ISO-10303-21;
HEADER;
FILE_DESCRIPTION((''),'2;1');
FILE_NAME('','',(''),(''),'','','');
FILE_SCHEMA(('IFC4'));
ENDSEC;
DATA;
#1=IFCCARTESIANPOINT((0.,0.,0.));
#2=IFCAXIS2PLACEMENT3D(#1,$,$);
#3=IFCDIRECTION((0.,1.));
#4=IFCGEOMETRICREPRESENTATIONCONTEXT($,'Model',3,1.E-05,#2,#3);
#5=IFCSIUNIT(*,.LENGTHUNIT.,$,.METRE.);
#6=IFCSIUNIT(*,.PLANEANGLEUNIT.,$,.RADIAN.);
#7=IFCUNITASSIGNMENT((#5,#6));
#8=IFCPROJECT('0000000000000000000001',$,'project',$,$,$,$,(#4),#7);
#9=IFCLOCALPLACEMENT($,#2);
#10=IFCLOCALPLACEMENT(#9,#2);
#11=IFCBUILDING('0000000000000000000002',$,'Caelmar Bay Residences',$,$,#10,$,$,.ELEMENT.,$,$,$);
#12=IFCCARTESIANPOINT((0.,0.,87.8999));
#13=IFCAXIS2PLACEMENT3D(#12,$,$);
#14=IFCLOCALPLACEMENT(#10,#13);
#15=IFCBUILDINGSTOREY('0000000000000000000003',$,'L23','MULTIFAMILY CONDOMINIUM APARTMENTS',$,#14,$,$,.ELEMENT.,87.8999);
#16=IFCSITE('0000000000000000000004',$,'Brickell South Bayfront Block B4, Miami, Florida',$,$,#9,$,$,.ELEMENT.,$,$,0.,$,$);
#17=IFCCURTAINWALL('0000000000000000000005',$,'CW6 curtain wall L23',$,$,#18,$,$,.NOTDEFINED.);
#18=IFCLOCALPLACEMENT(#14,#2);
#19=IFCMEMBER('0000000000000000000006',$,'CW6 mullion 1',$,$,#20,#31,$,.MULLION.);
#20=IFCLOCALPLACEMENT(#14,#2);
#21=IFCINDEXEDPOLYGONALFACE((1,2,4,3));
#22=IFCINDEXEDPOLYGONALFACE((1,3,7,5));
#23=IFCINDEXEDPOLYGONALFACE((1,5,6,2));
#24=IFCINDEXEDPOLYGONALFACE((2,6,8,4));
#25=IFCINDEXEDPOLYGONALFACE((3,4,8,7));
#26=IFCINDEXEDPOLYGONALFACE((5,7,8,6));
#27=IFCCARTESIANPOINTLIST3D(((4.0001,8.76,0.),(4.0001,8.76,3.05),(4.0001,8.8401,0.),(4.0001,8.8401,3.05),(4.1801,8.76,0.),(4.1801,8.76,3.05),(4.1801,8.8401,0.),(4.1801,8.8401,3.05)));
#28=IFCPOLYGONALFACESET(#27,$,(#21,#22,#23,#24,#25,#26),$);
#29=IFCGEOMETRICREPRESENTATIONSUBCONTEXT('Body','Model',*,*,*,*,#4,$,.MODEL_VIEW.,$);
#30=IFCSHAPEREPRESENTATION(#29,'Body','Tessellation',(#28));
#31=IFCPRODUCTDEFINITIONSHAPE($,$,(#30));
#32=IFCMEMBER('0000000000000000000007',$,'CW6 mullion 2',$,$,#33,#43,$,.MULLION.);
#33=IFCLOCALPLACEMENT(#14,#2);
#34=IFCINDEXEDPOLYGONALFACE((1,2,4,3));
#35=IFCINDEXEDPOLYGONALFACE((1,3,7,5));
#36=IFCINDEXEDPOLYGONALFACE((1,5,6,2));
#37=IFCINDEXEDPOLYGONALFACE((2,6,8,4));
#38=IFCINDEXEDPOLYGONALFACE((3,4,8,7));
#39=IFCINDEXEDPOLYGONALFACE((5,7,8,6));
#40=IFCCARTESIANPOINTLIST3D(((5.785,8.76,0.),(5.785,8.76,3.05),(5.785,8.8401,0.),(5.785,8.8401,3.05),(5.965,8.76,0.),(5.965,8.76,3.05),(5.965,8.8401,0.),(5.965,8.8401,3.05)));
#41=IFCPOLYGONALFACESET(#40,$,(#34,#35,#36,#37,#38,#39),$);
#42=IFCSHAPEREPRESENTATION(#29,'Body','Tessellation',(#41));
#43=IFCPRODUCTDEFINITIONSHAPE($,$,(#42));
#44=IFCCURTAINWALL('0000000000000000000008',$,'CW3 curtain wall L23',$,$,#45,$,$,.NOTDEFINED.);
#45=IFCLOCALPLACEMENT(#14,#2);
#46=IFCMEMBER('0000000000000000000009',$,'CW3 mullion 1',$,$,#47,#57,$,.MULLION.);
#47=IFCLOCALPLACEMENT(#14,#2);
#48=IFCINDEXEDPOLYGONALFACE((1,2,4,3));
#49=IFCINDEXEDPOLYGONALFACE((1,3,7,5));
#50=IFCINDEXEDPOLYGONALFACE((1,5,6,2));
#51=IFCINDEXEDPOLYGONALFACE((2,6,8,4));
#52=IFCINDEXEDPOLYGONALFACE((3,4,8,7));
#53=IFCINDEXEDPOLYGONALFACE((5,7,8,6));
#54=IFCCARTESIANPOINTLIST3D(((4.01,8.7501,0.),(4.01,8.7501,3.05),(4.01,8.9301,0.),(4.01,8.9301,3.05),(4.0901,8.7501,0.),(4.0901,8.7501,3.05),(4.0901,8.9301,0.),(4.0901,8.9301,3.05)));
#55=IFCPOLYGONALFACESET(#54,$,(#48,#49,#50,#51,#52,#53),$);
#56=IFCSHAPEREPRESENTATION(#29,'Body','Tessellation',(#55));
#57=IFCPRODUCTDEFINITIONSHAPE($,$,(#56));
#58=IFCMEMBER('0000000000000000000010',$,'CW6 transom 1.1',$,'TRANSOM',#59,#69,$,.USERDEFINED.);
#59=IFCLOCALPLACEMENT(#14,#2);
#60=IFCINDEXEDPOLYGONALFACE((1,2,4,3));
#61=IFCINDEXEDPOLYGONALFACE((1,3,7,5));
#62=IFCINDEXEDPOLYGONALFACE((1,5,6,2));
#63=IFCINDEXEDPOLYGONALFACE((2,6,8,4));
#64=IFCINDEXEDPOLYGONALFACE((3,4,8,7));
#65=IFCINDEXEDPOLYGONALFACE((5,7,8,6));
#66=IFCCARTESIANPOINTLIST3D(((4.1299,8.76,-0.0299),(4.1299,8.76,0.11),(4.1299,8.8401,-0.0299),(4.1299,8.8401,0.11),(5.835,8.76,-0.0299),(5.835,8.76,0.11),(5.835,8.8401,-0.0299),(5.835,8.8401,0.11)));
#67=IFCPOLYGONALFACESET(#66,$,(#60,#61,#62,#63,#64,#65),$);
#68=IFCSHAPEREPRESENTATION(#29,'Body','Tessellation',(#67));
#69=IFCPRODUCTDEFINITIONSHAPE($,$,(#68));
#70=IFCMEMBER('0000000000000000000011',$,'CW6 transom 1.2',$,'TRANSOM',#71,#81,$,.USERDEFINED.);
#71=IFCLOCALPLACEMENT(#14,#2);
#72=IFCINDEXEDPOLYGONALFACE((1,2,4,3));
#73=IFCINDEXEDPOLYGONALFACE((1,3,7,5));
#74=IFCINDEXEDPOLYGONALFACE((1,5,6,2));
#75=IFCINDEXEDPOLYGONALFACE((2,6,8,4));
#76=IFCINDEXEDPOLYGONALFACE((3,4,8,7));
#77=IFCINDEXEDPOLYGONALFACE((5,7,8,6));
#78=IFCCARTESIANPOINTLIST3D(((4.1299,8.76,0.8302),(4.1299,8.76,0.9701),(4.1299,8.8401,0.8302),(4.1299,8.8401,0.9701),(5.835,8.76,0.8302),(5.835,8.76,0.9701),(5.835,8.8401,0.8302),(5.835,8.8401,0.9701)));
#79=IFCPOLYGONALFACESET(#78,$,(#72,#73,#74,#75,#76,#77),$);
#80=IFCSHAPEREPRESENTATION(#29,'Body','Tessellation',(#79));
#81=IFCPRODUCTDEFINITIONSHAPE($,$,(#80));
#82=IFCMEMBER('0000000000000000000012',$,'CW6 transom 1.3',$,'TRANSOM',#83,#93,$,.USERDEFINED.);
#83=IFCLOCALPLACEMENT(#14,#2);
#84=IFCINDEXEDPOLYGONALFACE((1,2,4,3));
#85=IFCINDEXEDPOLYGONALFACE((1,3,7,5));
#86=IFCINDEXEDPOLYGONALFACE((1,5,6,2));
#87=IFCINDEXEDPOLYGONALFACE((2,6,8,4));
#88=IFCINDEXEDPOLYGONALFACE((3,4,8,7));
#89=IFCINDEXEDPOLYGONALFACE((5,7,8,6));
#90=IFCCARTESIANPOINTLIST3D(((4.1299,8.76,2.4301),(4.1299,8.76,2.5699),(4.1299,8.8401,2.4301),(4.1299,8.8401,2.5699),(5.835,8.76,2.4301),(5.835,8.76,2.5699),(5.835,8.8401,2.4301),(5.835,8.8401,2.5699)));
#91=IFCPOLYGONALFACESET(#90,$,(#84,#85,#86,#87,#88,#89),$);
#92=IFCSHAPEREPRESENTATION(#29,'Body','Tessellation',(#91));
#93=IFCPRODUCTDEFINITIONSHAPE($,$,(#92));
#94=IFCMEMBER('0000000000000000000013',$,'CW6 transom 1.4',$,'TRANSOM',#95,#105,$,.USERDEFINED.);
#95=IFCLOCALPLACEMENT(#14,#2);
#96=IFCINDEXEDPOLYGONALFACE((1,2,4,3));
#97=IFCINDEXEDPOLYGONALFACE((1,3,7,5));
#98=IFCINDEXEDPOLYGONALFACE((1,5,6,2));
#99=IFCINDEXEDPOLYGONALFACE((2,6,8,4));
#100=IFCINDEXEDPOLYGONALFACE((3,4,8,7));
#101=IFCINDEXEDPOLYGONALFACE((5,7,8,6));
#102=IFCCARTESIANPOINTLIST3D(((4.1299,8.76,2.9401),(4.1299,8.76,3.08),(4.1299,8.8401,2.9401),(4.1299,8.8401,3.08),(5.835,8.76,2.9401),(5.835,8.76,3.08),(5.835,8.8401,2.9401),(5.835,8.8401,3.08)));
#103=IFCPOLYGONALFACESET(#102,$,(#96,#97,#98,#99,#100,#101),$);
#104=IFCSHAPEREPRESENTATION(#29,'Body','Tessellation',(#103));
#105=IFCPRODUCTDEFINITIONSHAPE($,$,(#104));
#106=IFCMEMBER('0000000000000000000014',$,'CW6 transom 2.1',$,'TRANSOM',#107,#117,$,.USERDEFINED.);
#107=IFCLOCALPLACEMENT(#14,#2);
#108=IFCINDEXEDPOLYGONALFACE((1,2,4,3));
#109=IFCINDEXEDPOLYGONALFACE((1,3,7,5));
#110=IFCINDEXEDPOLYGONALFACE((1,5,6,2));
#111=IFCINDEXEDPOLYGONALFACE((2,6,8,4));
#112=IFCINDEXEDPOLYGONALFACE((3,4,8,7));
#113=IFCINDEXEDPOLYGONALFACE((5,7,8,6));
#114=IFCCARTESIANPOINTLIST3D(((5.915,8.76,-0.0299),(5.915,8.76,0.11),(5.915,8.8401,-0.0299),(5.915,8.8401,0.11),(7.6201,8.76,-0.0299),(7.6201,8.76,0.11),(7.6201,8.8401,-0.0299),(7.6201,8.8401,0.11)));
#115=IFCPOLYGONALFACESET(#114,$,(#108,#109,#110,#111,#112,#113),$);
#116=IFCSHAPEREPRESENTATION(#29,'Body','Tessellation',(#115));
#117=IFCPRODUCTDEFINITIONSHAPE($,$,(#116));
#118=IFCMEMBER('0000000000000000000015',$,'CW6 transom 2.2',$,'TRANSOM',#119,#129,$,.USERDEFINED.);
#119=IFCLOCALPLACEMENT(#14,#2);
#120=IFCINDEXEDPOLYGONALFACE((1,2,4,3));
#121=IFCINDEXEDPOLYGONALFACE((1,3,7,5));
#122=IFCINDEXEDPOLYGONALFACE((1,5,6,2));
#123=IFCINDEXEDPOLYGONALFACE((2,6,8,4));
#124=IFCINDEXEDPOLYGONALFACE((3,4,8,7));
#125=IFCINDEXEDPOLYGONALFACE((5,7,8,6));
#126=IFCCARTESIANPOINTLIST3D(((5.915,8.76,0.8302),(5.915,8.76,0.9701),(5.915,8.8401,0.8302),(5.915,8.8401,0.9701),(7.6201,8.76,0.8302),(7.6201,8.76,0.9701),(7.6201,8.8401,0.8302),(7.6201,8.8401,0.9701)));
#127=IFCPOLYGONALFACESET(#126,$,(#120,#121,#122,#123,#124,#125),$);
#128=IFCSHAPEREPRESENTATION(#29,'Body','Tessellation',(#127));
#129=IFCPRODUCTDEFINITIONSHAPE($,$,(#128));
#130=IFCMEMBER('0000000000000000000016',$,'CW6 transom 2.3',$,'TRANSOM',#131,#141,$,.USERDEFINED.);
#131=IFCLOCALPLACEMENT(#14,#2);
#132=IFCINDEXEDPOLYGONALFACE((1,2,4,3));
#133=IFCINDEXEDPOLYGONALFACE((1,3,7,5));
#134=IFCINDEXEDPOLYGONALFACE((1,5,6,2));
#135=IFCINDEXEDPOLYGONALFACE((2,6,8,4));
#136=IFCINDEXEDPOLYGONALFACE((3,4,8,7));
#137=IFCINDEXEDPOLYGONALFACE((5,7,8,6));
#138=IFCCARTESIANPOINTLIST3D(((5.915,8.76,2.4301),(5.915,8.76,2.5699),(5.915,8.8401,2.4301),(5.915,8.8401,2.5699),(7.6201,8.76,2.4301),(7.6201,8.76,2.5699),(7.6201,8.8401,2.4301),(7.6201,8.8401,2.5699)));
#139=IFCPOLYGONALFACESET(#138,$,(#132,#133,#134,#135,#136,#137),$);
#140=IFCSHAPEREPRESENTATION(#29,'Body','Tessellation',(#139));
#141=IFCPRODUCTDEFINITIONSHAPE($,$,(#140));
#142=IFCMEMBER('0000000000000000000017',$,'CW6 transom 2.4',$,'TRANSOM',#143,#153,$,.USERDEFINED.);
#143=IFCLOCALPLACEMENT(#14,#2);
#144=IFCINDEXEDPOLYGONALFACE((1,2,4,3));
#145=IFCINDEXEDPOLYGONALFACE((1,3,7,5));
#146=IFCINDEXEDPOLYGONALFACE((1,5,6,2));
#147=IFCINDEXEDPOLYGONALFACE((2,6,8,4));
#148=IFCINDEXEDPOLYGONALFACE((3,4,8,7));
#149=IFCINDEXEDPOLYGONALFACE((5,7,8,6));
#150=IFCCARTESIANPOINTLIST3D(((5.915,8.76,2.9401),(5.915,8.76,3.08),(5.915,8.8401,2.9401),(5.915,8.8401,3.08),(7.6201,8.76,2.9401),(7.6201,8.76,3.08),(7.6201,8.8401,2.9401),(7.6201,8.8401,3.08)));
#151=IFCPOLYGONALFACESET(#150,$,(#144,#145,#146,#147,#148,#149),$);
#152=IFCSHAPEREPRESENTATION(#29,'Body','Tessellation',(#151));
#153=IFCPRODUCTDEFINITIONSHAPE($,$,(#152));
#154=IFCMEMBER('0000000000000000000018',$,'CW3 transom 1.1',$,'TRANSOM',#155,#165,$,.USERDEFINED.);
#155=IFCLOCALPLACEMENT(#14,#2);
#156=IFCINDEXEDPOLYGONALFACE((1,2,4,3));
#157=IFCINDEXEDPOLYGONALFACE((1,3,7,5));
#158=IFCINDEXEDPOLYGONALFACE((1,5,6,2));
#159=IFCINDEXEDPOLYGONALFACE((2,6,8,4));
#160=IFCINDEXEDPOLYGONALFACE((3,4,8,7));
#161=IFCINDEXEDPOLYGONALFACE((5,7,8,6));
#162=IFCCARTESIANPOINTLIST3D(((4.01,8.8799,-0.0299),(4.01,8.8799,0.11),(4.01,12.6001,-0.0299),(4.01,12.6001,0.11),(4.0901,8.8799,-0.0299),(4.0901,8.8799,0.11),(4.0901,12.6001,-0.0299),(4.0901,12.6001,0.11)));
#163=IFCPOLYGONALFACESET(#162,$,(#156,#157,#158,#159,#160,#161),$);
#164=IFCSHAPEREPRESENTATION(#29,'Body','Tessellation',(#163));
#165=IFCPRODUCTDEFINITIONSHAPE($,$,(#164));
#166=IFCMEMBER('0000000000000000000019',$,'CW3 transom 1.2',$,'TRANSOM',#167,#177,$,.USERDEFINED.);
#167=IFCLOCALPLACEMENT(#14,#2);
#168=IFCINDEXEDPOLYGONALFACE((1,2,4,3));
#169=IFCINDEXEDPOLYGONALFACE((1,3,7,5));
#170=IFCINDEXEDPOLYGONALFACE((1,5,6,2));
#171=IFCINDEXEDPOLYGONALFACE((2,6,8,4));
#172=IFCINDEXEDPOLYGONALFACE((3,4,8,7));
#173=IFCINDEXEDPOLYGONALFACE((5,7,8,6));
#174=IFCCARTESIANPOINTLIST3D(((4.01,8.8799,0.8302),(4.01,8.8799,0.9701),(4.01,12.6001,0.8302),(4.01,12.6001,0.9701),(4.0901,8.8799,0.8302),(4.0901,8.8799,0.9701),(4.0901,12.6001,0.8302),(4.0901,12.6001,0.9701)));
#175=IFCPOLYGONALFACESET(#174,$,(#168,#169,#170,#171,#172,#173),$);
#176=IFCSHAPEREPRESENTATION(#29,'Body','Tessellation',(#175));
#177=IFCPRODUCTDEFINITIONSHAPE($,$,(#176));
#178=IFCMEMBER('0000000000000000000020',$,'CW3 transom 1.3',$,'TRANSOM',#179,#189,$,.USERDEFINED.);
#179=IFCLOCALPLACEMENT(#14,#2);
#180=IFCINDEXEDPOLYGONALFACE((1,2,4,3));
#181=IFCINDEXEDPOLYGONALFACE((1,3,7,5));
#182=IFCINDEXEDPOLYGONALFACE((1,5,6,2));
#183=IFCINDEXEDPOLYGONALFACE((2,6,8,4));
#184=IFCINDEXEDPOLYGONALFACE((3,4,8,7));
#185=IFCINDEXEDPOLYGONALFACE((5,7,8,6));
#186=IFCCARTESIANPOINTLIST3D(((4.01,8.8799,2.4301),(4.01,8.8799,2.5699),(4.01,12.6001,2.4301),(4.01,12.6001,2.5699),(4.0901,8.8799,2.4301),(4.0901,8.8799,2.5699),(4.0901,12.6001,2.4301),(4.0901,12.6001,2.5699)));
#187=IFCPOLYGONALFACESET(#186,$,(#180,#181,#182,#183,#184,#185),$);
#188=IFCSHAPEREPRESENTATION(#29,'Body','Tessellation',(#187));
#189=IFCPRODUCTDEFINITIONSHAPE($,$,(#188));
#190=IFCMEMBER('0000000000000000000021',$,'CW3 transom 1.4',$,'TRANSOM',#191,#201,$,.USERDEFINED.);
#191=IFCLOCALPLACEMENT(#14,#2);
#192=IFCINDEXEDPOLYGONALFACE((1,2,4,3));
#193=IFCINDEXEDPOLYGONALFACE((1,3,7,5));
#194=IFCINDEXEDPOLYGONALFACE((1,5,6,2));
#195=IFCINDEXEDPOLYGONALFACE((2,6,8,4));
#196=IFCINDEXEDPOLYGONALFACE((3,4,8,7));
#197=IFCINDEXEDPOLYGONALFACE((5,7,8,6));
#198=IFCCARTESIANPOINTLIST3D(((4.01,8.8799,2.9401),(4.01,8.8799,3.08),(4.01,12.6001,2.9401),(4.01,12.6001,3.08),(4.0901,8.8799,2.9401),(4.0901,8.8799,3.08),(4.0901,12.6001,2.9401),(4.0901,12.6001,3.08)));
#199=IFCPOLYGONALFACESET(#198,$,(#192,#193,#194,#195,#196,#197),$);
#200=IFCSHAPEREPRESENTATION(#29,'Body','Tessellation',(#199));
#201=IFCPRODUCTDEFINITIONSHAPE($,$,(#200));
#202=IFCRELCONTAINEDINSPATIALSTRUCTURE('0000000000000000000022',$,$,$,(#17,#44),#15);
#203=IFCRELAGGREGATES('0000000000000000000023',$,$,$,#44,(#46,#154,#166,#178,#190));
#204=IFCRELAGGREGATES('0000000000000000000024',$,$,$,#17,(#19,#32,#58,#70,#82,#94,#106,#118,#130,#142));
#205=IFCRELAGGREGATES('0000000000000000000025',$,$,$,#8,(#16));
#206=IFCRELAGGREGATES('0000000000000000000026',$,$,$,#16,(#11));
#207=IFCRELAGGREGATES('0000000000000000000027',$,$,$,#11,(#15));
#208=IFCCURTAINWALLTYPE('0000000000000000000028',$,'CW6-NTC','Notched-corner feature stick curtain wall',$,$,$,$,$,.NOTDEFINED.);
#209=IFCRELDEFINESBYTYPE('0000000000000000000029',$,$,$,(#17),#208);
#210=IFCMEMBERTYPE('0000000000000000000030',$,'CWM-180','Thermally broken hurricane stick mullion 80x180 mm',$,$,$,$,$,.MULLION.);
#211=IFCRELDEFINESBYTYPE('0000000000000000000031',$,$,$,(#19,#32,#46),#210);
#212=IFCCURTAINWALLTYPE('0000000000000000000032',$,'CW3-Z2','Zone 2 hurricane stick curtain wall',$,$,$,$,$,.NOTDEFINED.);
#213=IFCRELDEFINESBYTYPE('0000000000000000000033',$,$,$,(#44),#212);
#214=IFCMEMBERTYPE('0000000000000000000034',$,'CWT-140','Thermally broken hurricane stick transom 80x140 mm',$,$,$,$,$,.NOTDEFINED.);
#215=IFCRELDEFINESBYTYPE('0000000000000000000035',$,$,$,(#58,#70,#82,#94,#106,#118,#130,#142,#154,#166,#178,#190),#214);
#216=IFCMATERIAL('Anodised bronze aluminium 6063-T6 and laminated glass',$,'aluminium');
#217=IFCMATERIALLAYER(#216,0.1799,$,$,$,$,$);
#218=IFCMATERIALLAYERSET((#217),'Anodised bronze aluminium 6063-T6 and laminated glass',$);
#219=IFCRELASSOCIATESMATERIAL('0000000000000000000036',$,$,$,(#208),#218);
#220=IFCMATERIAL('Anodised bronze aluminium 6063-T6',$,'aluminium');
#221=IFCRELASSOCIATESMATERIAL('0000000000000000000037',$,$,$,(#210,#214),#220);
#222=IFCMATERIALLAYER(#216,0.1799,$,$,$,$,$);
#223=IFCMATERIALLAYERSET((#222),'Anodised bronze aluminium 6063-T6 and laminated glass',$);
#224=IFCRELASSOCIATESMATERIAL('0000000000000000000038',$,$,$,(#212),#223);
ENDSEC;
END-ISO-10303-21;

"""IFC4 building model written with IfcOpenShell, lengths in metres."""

from ifc_helpers import new_model, si_unit, direction, frame, origin, origin_2d, place, context, subcontext, project, spatial, rectangle, extrude, material, layer, layer_set, material_profile, profile_set, type_object, element, aggregate, save


model = new_model("IFC4")

# Units and contexts
model_context = context("Model", 3, precision=1e-05, world=origin(), true_north=direction((0.0, 1.0)))
body_context = subcontext(model_context, "Body", "Model", "MODEL_VIEW")
ifc_project = project(units=[si_unit("LENGTHUNIT", "METRE"), si_unit("PLANEANGLEUNIT", "RADIAN")], contexts=[model_context])

# Site, building, storey
site_placement = place(None, origin())
site = spatial("IfcSite", under=ifc_project, at=site_placement, Name="Brickell South Bayfront Block B4, Miami, Florida", CompositionType="ELEMENT", RefElevation=0.0)
building_placement = place(site_placement, origin())
building = spatial("IfcBuilding", under=site, at=building_placement, Name="Caelmar Bay Residences", CompositionType="ELEMENT")
storey_placement = place(building_placement, frame((0.0, 0.0, 87.8999)))
storey = spatial("IfcBuildingStorey", under=building, at=storey_placement, Name="L23", Description="MULTIFAMILY CONDOMINIUM APARTMENTS", CompositionType="ELEMENT", Elevation=87.8999)

# Curtain wall, members
ifc_material_1 = material(Name="Anodised bronze aluminium 6063-T6 and laminated glass", Category="aluminium")
ifc_layer_1 = layer(ifc_material_1, 0.1799)
ifc_layer_set_1 = layer_set([ifc_layer_1], Name="Anodised bronze aluminium 6063-T6 and laminated glass")
curtain_wall_type_1 = type_object("IfcCurtainWallType", Name="CW6-NTC", Description="Notched-corner feature stick curtain wall", PredefinedType="NOTDEFINED", material=ifc_layer_set_1)
curtain_wall_1_placement = place(storey_placement, origin())
curtain_wall_1 = element("IfcCurtainWall", 1, at=curtain_wall_1_placement, inside=storey, type_object=curtain_wall_type_1, Name="CW6 curtain wall L23", PredefinedType="NOTDEFINED")
ifc_material_2 = material(Name="Anodised bronze aluminium 6063-T6", Category="aluminium")
ifc_material_profile_1 = material_profile(ifc_material_2, rectangle(XDim=0.0801, YDim=0.1799, at=origin_2d()), Name="CWM-80X180")
ifc_profile_set_1 = profile_set([ifc_material_profile_1], Name="Anodised bronze aluminium 6063-T6")
member_type_1 = type_object("IfcMemberType", Name="CWM-180", Description="Thermally broken hurricane stick mullion 80x180 mm", PredefinedType="MULLION", material=ifc_profile_set_1)
member_1_placement = place(storey_placement, frame((4.0901, 8.8, 0.0), z_axis=(0.0, 0.0, 1.0), x_axis=(0.0, 1.0, 0.0)))
member_1 = element("IfcMember", 2, at=member_1_placement, type_object=member_type_1, Name="CW6 mullion 1", PredefinedType="MULLION", context=body_context, shape_type="SweptSolid", body=[
    extrude(rectangle(XDim=0.0801, YDim=0.1799, at=origin_2d()), origin(), (0.0, 0.0, 1.0), 3.05),
])
member_2_placement = place(storey_placement, frame((5.875, 8.8, 0.0), z_axis=(0.0, 0.0, 1.0), x_axis=(0.0, 1.0, 0.0)))
member_2 = element("IfcMember", 3, at=member_2_placement, type_object=member_type_1, Name="CW6 mullion 2", PredefinedType="MULLION", context=body_context, shape_type="SweptSolid", body=[
    extrude(rectangle(XDim=0.0801, YDim=0.1799, at=origin_2d()), origin(), (0.0, 0.0, 1.0), 3.05),
])

# Curtain wall, member
ifc_layer_2 = layer(ifc_material_1, 0.1799)
ifc_layer_set_2 = layer_set([ifc_layer_2], Name="Anodised bronze aluminium 6063-T6 and laminated glass")
curtain_wall_type_2 = type_object("IfcCurtainWallType", Name="CW3-Z2", Description="Zone 2 hurricane stick curtain wall", PredefinedType="NOTDEFINED", material=ifc_layer_set_2)
curtain_wall_2_placement = place(storey_placement, origin())
curtain_wall_2 = element("IfcCurtainWall", 4, at=curtain_wall_2_placement, inside=storey, type_object=curtain_wall_type_2, Name="CW3 curtain wall L23", PredefinedType="NOTDEFINED")
member_3_placement = place(storey_placement, frame((4.05, 8.8401, 0.0), z_axis=(0.0, 0.0, 1.0), x_axis=(-1.0, 0.0, 0.0)))
member_3 = element("IfcMember", 5, at=member_3_placement, type_object=member_type_1, Name="CW3 mullion 1", PredefinedType="MULLION", context=body_context, shape_type="SweptSolid", body=[
    extrude(rectangle(XDim=0.0801, YDim=0.1799, at=origin_2d()), origin(), (0.0, 0.0, 1.0), 3.05),
])

# Members
ifc_material_profile_2 = material_profile(ifc_material_2, rectangle(XDim=0.0801, YDim=0.1399, at=origin_2d()), Name="CWT-80X140")
ifc_profile_set_2 = profile_set([ifc_material_profile_2], Name="Anodised bronze aluminium 6063-T6")
member_type_2 = type_object("IfcMemberType", Name="CWT-140", Description="Thermally broken hurricane stick transom 80x140 mm", PredefinedType="NOTDEFINED", material=ifc_profile_set_2)
member_4_placement = place(storey_placement, frame((4.1299, 8.8, 0.04), z_axis=(1.0, 0.0, 0.0), x_axis=(0.0, 1.0, 0.0)))
member_4 = element("IfcMember", 6, at=member_4_placement, type_object=member_type_2, Name="CW6 transom 1.1", ObjectType="TRANSOM", PredefinedType="USERDEFINED", context=body_context, shape_type="SweptSolid", body=[
    extrude(rectangle(XDim=0.0801, YDim=0.1399, at=origin_2d()), origin(), (0.0, 0.0, 1.0), 1.7051),
])
member_5_placement = place(storey_placement, frame((4.1299, 8.8, 0.9001), z_axis=(1.0, 0.0, 0.0), x_axis=(0.0, 1.0, 0.0)))
member_5 = element("IfcMember", 7, at=member_5_placement, type_object=member_type_2, Name="CW6 transom 1.2", ObjectType="TRANSOM", PredefinedType="USERDEFINED", context=body_context, shape_type="SweptSolid", body=[
    extrude(rectangle(XDim=0.0801, YDim=0.1399, at=origin_2d()), origin(), (0.0, 0.0, 1.0), 1.7051),
])
member_6_placement = place(storey_placement, frame((4.1299, 8.8, 2.5), z_axis=(1.0, 0.0, 0.0), x_axis=(0.0, 1.0, 0.0)))
member_6 = element("IfcMember", 8, at=member_6_placement, type_object=member_type_2, Name="CW6 transom 1.3", ObjectType="TRANSOM", PredefinedType="USERDEFINED", context=body_context, shape_type="SweptSolid", body=[
    extrude(rectangle(XDim=0.0801, YDim=0.1399, at=origin_2d()), origin(), (0.0, 0.0, 1.0), 1.7051),
])
member_7_placement = place(storey_placement, frame((4.1299, 8.8, 3.01), z_axis=(1.0, 0.0, 0.0), x_axis=(0.0, 1.0, 0.0)))
member_7 = element("IfcMember", 9, at=member_7_placement, type_object=member_type_2, Name="CW6 transom 1.4", ObjectType="TRANSOM", PredefinedType="USERDEFINED", context=body_context, shape_type="SweptSolid", body=[
    extrude(rectangle(XDim=0.0801, YDim=0.1399, at=origin_2d()), origin(), (0.0, 0.0, 1.0), 1.7051),
])
member_8_placement = place(storey_placement, frame((5.915, 8.8, 0.04), z_axis=(1.0, 0.0, 0.0), x_axis=(0.0, 1.0, 0.0)))
member_8 = element("IfcMember", 10, at=member_8_placement, type_object=member_type_2, Name="CW6 transom 2.1", ObjectType="TRANSOM", PredefinedType="USERDEFINED", context=body_context, shape_type="SweptSolid", body=[
    extrude(rectangle(XDim=0.0801, YDim=0.1399, at=origin_2d()), origin(), (0.0, 0.0, 1.0), 1.7051),
])
member_9_placement = place(storey_placement, frame((5.915, 8.8, 0.9001), z_axis=(1.0, 0.0, 0.0), x_axis=(0.0, 1.0, 0.0)))
member_9 = element("IfcMember", 11, at=member_9_placement, type_object=member_type_2, Name="CW6 transom 2.2", ObjectType="TRANSOM", PredefinedType="USERDEFINED", context=body_context, shape_type="SweptSolid", body=[
    extrude(rectangle(XDim=0.0801, YDim=0.1399, at=origin_2d()), origin(), (0.0, 0.0, 1.0), 1.7051),
])
member_10_placement = place(storey_placement, frame((5.915, 8.8, 2.5), z_axis=(1.0, 0.0, 0.0), x_axis=(0.0, 1.0, 0.0)))
member_10 = element("IfcMember", 12, at=member_10_placement, type_object=member_type_2, Name="CW6 transom 2.3", ObjectType="TRANSOM", PredefinedType="USERDEFINED", context=body_context, shape_type="SweptSolid", body=[
    extrude(rectangle(XDim=0.0801, YDim=0.1399, at=origin_2d()), origin(), (0.0, 0.0, 1.0), 1.7051),
])
member_11_placement = place(storey_placement, frame((5.915, 8.8, 3.01), z_axis=(1.0, 0.0, 0.0), x_axis=(0.0, 1.0, 0.0)))
member_11 = element("IfcMember", 13, at=member_11_placement, type_object=member_type_2, Name="CW6 transom 2.4", ObjectType="TRANSOM", PredefinedType="USERDEFINED", context=body_context, shape_type="SweptSolid", body=[
    extrude(rectangle(XDim=0.0801, YDim=0.1399, at=origin_2d()), origin(), (0.0, 0.0, 1.0), 1.7051),
])
member_12_placement = place(storey_placement, frame((4.05, 8.8799, 0.04), z_axis=(0.0, 1.0, 0.0), x_axis=(-1.0, 0.0, 0.0)))
member_12 = element("IfcMember", 14, at=member_12_placement, type_object=member_type_2, Name="CW3 transom 1.1", ObjectType="TRANSOM", PredefinedType="USERDEFINED", context=body_context, shape_type="SweptSolid", body=[
    extrude(rectangle(XDim=0.0801, YDim=0.1399, at=origin_2d()), origin(), (0.0, 0.0, 1.0), 3.7202),
])
member_13_placement = place(storey_placement, frame((4.05, 8.8799, 0.9001), z_axis=(0.0, 1.0, 0.0), x_axis=(-1.0, 0.0, 0.0)))
member_13 = element("IfcMember", 15, at=member_13_placement, type_object=member_type_2, Name="CW3 transom 1.2", ObjectType="TRANSOM", PredefinedType="USERDEFINED", context=body_context, shape_type="SweptSolid", body=[
    extrude(rectangle(XDim=0.0801, YDim=0.1399, at=origin_2d()), origin(), (0.0, 0.0, 1.0), 3.7202),
])
member_14_placement = place(storey_placement, frame((4.05, 8.8799, 2.5), z_axis=(0.0, 1.0, 0.0), x_axis=(-1.0, 0.0, 0.0)))
member_14 = element("IfcMember", 16, at=member_14_placement, type_object=member_type_2, Name="CW3 transom 1.3", ObjectType="TRANSOM", PredefinedType="USERDEFINED", context=body_context, shape_type="SweptSolid", body=[
    extrude(rectangle(XDim=0.0801, YDim=0.1399, at=origin_2d()), origin(), (0.0, 0.0, 1.0), 3.7202),
])
member_15_placement = place(storey_placement, frame((4.05, 8.8799, 3.01), z_axis=(0.0, 1.0, 0.0), x_axis=(-1.0, 0.0, 0.0)))
member_15 = element("IfcMember", 17, at=member_15_placement, type_object=member_type_2, Name="CW3 transom 1.4", ObjectType="TRANSOM", PredefinedType="USERDEFINED", context=body_context, shape_type="SweptSolid", body=[
    extrude(rectangle(XDim=0.0801, YDim=0.1399, at=origin_2d()), origin(), (0.0, 0.0, 1.0), 3.7202),
])
aggregate(curtain_wall_2, [member_3, member_12, member_13, member_14, member_15])

aggregate(curtain_wall_1, [member_1, member_2, member_4, member_5, member_6, member_7, member_8, member_9, member_10, member_11])

save(model, "model.ifc")
